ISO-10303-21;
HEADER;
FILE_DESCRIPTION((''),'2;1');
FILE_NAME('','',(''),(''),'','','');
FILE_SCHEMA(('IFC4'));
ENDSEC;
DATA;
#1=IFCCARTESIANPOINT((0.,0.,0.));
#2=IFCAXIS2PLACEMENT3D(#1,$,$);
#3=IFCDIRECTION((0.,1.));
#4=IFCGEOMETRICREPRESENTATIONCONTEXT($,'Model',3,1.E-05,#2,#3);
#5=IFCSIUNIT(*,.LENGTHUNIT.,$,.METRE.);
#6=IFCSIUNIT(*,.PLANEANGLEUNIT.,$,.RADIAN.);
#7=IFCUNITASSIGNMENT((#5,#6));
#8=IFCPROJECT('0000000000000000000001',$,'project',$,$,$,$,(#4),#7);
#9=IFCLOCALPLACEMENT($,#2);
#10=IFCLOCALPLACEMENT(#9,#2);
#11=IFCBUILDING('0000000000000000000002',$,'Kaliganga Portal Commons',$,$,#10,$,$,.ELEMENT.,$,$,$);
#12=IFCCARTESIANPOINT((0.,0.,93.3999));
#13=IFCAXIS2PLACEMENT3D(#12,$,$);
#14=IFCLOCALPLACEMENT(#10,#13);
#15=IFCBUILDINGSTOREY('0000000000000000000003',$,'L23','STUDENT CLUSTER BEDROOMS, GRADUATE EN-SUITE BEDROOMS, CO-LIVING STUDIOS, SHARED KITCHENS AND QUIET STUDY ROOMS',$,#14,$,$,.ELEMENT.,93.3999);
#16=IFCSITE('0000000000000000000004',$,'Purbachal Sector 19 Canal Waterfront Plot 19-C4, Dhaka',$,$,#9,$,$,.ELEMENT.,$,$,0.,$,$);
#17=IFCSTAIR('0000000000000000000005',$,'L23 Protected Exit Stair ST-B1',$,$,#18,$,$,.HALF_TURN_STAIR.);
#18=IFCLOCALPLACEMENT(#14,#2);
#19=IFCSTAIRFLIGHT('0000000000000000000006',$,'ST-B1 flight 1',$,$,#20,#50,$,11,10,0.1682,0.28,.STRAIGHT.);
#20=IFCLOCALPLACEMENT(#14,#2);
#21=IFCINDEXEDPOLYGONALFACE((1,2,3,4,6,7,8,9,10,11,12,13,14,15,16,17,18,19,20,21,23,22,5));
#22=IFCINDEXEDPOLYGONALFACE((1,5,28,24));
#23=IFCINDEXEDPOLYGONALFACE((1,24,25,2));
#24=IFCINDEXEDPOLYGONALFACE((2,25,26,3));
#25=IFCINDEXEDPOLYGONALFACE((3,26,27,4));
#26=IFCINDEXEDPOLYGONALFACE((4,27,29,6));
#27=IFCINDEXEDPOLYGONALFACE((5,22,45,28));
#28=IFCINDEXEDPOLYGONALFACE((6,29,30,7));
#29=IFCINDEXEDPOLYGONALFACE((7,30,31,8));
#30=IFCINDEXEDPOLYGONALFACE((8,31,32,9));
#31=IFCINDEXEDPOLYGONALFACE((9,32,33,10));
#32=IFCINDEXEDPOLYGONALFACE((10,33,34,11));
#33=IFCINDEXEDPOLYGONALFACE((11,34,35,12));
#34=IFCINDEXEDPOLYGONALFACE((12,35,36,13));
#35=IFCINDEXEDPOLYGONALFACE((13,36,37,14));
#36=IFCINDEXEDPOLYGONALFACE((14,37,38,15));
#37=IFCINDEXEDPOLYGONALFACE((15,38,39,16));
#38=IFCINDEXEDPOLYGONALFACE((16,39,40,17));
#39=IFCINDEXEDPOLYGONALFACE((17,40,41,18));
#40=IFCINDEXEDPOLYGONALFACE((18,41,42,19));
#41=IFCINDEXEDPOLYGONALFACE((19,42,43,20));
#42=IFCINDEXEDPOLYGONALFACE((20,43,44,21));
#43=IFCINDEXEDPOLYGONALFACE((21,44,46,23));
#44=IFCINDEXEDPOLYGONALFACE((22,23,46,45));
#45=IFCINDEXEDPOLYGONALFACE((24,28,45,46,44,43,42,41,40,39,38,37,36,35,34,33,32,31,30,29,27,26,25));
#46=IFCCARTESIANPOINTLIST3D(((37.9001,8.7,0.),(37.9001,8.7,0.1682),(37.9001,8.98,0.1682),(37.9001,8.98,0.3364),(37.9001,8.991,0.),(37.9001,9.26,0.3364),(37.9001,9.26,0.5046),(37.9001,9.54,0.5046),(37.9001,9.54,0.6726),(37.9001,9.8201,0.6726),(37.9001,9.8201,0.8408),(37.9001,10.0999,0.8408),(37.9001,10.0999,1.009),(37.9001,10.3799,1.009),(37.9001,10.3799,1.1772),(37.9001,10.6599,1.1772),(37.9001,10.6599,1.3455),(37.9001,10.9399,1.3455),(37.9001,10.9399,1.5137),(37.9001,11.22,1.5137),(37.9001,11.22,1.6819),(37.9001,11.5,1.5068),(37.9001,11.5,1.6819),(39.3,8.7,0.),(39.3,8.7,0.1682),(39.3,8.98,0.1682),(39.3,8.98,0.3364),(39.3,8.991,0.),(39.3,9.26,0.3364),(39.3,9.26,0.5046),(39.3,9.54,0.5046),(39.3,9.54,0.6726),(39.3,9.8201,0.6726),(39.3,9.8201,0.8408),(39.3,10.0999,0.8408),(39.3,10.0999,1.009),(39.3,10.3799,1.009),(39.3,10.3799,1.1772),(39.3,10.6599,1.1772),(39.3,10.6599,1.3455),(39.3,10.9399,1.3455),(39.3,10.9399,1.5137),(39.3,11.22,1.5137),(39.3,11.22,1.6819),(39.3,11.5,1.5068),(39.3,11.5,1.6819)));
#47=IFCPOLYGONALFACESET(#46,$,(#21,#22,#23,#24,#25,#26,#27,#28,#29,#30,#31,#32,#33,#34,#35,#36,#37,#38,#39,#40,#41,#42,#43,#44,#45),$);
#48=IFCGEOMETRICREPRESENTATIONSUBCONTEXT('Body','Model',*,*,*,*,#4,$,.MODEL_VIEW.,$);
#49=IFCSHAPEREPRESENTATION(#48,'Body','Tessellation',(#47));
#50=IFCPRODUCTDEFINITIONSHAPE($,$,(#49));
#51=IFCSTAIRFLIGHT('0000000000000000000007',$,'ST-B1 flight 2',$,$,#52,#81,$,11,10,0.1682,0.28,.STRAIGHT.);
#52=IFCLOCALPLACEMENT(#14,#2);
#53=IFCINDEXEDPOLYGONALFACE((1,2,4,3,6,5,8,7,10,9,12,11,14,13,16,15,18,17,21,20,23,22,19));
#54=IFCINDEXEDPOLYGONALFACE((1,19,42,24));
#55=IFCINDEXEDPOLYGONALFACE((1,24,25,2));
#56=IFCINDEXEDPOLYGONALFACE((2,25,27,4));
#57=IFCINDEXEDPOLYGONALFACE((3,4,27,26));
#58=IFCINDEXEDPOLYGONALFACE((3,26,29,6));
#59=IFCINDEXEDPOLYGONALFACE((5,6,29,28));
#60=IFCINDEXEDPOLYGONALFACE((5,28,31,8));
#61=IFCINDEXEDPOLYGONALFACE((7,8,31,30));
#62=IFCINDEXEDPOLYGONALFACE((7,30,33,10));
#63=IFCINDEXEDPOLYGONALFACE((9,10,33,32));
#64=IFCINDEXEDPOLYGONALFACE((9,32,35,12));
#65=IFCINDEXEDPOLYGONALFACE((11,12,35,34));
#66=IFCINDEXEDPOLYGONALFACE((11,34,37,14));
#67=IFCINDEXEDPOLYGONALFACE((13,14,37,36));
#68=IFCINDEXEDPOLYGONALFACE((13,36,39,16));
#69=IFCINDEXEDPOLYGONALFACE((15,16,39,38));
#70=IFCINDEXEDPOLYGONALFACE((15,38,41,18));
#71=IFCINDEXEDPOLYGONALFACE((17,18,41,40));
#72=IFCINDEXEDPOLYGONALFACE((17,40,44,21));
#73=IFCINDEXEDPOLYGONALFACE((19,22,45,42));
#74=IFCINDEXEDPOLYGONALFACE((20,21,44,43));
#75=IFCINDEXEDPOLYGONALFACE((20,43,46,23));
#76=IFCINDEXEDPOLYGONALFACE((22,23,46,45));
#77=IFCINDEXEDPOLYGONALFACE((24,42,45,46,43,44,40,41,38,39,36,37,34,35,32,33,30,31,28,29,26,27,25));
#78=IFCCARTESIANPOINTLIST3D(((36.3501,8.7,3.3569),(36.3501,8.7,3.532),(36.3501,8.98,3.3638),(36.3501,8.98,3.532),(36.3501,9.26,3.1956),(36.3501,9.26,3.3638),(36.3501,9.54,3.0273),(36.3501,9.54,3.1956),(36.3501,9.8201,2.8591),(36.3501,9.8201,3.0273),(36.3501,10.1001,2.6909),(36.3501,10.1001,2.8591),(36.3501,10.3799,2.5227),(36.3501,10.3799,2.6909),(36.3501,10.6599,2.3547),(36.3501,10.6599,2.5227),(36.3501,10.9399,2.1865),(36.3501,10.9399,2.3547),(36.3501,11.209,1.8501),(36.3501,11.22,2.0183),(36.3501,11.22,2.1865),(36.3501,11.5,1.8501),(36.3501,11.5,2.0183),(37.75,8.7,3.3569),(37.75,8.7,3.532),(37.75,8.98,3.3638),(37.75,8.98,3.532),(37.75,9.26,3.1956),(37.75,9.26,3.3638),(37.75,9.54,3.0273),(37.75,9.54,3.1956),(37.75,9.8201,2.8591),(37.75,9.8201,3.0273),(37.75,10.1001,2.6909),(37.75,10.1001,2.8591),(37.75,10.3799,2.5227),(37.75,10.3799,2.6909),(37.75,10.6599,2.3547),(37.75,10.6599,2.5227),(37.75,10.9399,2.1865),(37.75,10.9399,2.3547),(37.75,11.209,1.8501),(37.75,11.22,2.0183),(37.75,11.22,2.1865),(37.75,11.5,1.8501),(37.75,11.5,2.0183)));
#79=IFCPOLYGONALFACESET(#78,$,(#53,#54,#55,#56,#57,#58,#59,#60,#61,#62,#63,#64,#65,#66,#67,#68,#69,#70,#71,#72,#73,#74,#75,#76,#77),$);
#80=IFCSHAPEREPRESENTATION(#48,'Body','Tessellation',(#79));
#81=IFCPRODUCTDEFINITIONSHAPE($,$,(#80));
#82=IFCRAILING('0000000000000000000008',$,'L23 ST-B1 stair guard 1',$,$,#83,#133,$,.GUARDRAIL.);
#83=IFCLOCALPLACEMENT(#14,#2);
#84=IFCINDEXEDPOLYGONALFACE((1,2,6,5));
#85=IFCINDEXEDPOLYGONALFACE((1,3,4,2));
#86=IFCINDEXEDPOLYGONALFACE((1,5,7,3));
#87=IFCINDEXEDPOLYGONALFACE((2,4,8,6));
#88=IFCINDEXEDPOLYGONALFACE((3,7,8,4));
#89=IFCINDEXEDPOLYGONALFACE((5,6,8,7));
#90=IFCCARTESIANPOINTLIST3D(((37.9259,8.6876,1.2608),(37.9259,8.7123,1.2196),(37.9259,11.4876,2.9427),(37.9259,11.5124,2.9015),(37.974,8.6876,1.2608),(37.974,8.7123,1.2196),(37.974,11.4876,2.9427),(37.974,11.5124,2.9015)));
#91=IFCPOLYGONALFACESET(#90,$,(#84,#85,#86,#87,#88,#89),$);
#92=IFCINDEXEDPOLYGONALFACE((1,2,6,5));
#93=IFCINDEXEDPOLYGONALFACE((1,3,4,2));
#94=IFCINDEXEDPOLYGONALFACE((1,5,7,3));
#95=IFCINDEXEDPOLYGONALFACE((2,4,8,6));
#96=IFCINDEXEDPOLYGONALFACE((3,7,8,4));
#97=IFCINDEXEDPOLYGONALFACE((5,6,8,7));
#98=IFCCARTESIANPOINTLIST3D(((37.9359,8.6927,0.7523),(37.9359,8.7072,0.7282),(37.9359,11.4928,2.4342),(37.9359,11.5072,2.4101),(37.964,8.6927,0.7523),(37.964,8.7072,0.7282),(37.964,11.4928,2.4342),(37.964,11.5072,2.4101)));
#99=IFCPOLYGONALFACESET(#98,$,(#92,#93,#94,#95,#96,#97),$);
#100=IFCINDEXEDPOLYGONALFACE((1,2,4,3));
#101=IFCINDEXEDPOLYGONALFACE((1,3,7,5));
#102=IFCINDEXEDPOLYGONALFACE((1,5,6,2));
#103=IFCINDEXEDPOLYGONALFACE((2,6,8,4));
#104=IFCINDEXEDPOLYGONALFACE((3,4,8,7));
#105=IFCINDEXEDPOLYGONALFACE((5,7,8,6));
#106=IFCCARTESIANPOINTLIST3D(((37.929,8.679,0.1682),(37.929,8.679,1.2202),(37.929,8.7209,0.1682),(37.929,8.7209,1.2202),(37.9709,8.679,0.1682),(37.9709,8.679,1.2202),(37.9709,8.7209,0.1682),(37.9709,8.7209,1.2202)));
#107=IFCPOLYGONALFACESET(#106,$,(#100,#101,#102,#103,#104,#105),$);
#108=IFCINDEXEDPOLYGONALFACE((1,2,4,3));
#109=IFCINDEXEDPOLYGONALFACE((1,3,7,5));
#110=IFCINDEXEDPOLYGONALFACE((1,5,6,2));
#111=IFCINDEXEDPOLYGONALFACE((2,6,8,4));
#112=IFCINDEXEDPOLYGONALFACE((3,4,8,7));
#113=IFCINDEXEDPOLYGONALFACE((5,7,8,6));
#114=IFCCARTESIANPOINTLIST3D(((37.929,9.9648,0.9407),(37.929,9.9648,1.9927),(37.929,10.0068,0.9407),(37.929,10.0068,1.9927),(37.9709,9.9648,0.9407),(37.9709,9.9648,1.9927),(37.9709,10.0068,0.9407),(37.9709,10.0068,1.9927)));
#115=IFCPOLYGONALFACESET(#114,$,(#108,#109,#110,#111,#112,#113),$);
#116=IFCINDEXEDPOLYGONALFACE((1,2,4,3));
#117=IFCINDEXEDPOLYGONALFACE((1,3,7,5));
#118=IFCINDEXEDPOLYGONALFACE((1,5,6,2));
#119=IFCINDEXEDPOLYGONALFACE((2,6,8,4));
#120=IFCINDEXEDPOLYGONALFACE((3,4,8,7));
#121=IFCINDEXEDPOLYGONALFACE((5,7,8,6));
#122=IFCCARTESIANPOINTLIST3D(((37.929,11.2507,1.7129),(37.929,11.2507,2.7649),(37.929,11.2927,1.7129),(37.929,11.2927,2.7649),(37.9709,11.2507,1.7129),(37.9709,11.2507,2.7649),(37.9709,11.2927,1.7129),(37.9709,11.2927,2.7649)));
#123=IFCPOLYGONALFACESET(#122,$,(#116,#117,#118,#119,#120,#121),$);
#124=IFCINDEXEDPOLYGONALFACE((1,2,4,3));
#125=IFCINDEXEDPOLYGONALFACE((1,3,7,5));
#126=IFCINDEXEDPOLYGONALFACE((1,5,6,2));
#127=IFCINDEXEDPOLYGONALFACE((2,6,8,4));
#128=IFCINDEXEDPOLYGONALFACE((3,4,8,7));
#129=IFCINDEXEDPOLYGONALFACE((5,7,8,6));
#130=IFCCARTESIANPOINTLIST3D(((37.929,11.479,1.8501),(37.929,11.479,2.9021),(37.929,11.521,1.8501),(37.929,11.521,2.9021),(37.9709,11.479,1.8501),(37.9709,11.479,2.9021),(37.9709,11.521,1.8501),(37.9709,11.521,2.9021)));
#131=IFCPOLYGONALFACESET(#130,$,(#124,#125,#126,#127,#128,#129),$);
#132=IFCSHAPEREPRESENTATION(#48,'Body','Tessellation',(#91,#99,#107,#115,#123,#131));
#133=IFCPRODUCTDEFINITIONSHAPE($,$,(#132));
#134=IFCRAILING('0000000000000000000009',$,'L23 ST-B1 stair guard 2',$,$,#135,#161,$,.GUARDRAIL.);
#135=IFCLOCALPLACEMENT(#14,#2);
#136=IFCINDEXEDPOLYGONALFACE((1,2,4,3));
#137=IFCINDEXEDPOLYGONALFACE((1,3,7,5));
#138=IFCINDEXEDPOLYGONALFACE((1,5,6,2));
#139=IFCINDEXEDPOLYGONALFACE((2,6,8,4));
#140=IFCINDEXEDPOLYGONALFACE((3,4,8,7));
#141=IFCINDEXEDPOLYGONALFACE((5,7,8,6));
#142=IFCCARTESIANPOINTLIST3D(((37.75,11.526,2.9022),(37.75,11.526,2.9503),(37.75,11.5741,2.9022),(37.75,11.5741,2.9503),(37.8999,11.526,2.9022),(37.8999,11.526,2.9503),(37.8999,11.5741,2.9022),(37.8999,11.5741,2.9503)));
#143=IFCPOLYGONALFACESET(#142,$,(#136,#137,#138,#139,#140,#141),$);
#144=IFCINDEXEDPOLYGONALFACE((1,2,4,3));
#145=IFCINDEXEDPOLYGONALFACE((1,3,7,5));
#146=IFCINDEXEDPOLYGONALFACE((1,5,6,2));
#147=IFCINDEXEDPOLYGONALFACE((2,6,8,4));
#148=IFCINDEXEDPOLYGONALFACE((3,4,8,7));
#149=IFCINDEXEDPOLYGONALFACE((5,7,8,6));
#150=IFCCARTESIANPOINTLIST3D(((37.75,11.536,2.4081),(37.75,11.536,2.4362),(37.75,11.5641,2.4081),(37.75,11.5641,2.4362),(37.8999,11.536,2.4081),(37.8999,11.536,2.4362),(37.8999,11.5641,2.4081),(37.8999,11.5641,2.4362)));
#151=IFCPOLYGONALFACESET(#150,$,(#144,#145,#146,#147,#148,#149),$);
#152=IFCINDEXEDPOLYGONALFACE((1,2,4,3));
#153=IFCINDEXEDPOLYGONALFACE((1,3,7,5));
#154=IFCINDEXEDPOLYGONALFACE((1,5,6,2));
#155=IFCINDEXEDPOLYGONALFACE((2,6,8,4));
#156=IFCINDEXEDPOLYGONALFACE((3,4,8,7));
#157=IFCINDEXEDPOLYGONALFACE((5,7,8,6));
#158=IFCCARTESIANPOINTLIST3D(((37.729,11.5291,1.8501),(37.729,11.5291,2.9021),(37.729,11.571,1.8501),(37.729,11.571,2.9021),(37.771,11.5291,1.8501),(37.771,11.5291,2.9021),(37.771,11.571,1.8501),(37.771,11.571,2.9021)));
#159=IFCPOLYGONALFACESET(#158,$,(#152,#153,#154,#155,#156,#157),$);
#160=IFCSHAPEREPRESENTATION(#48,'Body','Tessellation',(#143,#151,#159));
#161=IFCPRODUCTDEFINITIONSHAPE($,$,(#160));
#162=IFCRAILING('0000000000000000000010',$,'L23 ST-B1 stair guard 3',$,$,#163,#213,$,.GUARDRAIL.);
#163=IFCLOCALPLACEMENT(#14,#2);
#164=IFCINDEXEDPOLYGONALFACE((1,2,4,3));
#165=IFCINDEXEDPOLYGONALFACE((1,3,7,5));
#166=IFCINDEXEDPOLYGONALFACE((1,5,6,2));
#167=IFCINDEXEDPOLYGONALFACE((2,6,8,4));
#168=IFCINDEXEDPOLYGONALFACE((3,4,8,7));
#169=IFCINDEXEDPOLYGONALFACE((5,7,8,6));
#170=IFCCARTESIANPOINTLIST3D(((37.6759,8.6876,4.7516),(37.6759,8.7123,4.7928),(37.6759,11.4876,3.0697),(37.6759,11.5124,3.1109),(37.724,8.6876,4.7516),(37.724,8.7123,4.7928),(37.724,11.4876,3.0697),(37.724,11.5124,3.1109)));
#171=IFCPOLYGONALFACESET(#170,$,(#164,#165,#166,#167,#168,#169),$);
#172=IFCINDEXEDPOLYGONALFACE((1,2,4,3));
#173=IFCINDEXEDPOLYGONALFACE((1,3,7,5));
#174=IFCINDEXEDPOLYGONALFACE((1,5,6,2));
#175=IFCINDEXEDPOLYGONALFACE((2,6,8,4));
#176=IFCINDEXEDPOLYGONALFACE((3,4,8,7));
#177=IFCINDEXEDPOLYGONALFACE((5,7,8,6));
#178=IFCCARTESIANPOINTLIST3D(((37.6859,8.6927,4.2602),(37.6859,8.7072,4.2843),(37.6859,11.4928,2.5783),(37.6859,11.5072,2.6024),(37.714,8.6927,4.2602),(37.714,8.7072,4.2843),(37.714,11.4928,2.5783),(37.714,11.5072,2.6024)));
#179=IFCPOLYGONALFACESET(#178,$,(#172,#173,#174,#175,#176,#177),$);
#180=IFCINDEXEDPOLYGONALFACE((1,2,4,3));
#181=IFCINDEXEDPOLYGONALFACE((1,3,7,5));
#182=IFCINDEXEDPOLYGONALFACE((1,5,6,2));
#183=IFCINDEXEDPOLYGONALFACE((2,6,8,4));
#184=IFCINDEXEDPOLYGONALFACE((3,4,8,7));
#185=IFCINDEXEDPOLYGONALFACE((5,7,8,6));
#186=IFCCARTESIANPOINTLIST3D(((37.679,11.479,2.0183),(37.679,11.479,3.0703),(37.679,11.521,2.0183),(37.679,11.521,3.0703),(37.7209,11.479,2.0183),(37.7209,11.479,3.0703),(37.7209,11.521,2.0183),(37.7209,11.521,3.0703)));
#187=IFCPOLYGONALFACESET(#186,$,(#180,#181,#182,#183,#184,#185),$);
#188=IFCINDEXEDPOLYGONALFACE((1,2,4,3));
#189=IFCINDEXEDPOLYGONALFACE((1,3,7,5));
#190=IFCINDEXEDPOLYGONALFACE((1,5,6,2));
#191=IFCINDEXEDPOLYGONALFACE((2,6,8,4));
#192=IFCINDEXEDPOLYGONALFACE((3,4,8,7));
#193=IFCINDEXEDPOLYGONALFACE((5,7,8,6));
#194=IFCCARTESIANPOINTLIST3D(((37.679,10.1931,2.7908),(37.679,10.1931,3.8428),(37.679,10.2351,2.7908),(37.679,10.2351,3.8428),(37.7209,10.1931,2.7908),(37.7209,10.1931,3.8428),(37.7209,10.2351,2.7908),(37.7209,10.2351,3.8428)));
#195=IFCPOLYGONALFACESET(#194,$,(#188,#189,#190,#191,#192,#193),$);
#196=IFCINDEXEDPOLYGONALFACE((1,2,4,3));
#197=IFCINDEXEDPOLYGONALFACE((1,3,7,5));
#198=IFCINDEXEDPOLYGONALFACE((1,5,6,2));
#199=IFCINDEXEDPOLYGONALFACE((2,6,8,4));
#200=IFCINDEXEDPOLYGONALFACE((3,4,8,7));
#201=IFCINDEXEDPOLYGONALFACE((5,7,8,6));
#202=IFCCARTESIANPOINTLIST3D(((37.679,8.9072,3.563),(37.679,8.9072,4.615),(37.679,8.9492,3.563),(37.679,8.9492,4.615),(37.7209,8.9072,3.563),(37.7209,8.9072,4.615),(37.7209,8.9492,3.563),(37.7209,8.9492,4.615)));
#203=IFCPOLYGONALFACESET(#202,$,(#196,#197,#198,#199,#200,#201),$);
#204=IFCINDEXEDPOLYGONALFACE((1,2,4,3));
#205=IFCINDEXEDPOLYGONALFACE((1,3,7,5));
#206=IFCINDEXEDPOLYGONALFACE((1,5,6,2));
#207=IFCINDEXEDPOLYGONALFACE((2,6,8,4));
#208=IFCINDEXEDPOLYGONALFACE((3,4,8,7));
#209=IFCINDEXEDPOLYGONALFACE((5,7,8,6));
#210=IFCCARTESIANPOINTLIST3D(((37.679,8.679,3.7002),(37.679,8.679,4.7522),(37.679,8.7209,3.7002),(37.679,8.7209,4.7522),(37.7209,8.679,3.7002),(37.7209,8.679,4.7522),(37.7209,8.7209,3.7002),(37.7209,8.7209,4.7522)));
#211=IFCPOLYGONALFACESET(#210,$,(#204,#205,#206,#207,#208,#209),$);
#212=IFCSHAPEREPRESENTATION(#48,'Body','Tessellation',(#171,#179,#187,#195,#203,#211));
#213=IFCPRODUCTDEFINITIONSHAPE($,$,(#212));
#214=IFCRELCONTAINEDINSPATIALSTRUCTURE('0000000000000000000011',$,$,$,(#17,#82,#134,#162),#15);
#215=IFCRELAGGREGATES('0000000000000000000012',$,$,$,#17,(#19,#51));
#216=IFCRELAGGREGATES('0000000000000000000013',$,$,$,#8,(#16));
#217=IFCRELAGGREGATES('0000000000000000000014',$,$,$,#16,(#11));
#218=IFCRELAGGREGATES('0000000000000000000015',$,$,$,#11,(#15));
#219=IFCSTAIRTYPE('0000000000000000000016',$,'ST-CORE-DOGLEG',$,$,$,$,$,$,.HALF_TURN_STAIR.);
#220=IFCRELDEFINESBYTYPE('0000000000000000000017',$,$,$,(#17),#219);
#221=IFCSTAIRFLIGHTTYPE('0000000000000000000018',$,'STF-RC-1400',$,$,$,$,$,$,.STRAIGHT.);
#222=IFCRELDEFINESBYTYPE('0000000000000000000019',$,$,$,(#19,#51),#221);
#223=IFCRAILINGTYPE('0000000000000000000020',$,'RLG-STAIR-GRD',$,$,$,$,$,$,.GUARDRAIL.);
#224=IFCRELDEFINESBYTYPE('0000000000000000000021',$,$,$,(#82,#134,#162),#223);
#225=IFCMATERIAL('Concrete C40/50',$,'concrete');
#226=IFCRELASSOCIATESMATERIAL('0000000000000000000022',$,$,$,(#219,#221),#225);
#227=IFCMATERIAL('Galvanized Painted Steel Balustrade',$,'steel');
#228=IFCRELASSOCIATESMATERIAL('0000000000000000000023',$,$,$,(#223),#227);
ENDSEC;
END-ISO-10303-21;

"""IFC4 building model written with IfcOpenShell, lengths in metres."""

from ifc_helpers import new_model, si_unit, direction, frame, origin, origin_2d, place, context, subcontext, project, spatial, polyline, rectangle, outline, extrude, material, type_object, element, aggregate, save


model = new_model("IFC4")

# Units and contexts
model_context = context("Model", 3, precision=1e-05, world=origin(), true_north=direction((0.0, 1.0)))
body_context = subcontext(model_context, "Body", "Model", "MODEL_VIEW")
ifc_project = project(units=[si_unit("LENGTHUNIT", "METRE"), si_unit("PLANEANGLEUNIT", "RADIAN")], contexts=[model_context])

# Site, building, storey
site_placement = place(None, origin())
site = spatial("IfcSite", under=ifc_project, at=site_placement, Name="Purbachal Sector 19 Canal Waterfront Plot 19-C4, Dhaka", CompositionType="ELEMENT", RefElevation=0.0)
building_placement = place(site_placement, origin())
building = spatial("IfcBuilding", under=site, at=building_placement, Name="Kaliganga Portal Commons", CompositionType="ELEMENT")
storey_placement = place(building_placement, frame((0.0, 0.0, 93.3999)))
storey = spatial("IfcBuildingStorey", under=building, at=storey_placement, Name="L23", Description="STUDENT CLUSTER BEDROOMS, GRADUATE EN-SUITE BEDROOMS, CO-LIVING STUDIOS, SHARED KITCHENS AND QUIET STUDY ROOMS", CompositionType="ELEMENT", Elevation=93.3999)

# Stair, stair flights
ifc_material_1 = material(Name="Concrete C40/50", Category="concrete")
stair_type = type_object("IfcStairType", Name="ST-CORE-DOGLEG", PredefinedType="HALF_TURN_STAIR", material=ifc_material_1)
stair_placement = place(storey_placement, origin())
stair = element("IfcStair", 1, at=stair_placement, inside=storey, type_object=stair_type, Name="L23 Protected Exit Stair ST-B1", PredefinedType="HALF_TURN_STAIR")
stair_flight_type = type_object("IfcStairFlightType", Name="STF-RC-1400", PredefinedType="STRAIGHT", material=ifc_material_1)
stair_flight_1_placement = place(storey_placement, frame((38.6001, 8.7, 0.0), z_axis=(0.0, 0.0, 1.0), x_axis=(0.0, 1.0, 0.0)))
stair_flight_1 = element("IfcStairFlight", 2, at=stair_flight_1_placement, type_object=stair_flight_type, Name="ST-B1 flight 1", NumberOfRisers=11, NumberOfTreads=10, PredefinedType="STRAIGHT", RiserHeight=0.1682, TreadLength=0.28, context=body_context, shape_type="SweptSolid", body=[
    extrude(outline(polyline([(0.0, 0.0), (0.0, 0.1682), (0.28, 0.1682), (0.28, 0.3364), (0.5601, 0.3364), (0.5601, 0.5046), (0.8401, 0.5046), (0.8401, 0.6726), (1.1201, 0.6726), (1.1201, 0.8408), (1.3999, 0.8408), (1.3999, 1.009), (1.6799, 1.009), (1.6799, 1.1772), (1.96, 1.1772), (1.96, 1.3455), (2.24, 1.3455), (2.24, 1.5137), (2.52, 1.5137), (2.52, 1.6819), (2.8, 1.6819), (2.8, 1.8501), (2.8, 1.5068), (0.291, 0.0), (0.0, 0.0)])), frame((0.0, 0.7, 0.0), z_axis=(0.0, -1.0, 0.0), x_axis=(1.0, 0.0, 0.0)), (0.0, 0.0, 1.0), 1.3999),
])
stair_flight_2_placement = place(storey_placement, frame((37.05, 11.5, 1.8501), z_axis=(0.0, 0.0, 1.0), x_axis=(0.0, -1.0, 0.0)))
stair_flight_2 = element("IfcStairFlight", 3, at=stair_flight_2_placement, type_object=stair_flight_type, Name="ST-B1 flight 2", NumberOfRisers=11, NumberOfTreads=10, PredefinedType="STRAIGHT", RiserHeight=0.1682, TreadLength=0.28, context=body_context, shape_type="SweptSolid", body=[
    extrude(outline(polyline([(0.0, 0.0), (0.0, 0.1682), (0.28, 0.1682), (0.28, 0.3364), (0.5601, 0.3364), (0.5601, 0.5046), (0.8401, 0.5046), (0.8401, 0.6726), (1.1201, 0.6726), (1.1201, 0.8408), (1.3999, 0.8408), (1.3999, 1.009), (1.6799, 1.009), (1.6799, 1.1772), (1.96, 1.1772), (1.96, 1.3455), (2.24, 1.3455), (2.24, 1.5137), (2.52, 1.5137), (2.52, 1.6819), (2.8, 1.6819), (2.8, 1.8501), (2.8, 1.5068), (0.291, 0.0), (0.0, 0.0)])), frame((0.0, 0.7, 0.0), z_axis=(0.0, -1.0, 0.0), x_axis=(1.0, 0.0, 0.0)), (0.0, 0.0, 1.0), 1.3999),
])
aggregate(stair, [stair_flight_1, stair_flight_2])

# Railings
ifc_material_2 = material(Name="Galvanized Painted Steel Balustrade", Category="steel")
railing_type_1 = type_object("IfcRailingType", Name="RLG-STAIR-GRD", PredefinedType="GUARDRAIL", material=ifc_material_2)
railing_1_placement = place(storey_placement, frame((37.95, 8.7, 0.1682)))
element("IfcRailing", 4, at=railing_1_placement, inside=storey, type_object=railing_type_1, Name="L23 ST-B1 stair guard 1", PredefinedType="GUARDRAIL", context=body_context, shape_type="SweptSolid", body=[
    extrude(rectangle(XDim=0.0481, YDim=0.0481, at=origin_2d()), frame((0.0, 0.0, 1.072), z_axis=(0.0, 0.857242, 0.514913), x_axis=(-1.0, 0.0, 0.0)), (0.0, 0.0, 1.0), 3.2664),
    extrude(rectangle(XDim=0.0281, YDim=0.0281, at=origin_2d()), frame((0.0, 0.0, 0.572), z_axis=(0.0, 0.857242, 0.514913), x_axis=(-1.0, 0.0, 0.0)), (0.0, 0.0, 1.0), 3.2664),
    extrude(rectangle(XDim=0.042, YDim=0.042, at=origin_2d()), origin(), (0.0, 0.0, 1.0), 1.052),
    extrude(rectangle(XDim=0.042, YDim=0.042, at=origin_2d()), frame((0.0, 1.2859, 0.7725)), (0.0, 0.0, 1.0), 1.052),
    extrude(rectangle(XDim=0.042, YDim=0.042, at=origin_2d()), frame((0.0, 2.5718, 1.5447)), (0.0, 0.0, 1.0), 1.052),
    extrude(rectangle(XDim=0.042, YDim=0.042, at=origin_2d()), frame((0.0, 2.8, 1.6819)), (0.0, 0.0, 1.0), 1.052),
])
railing_2_placement = place(storey_placement, frame((37.8999, 11.55, 1.8501)))
element("IfcRailing", 5, at=railing_2_placement, inside=storey, type_object=railing_type_1, Name="L23 ST-B1 stair guard 2", PredefinedType="GUARDRAIL", context=body_context, shape_type="SweptSolid", body=[
    extrude(rectangle(XDim=0.0481, YDim=0.0481, at=origin_2d()), frame((0.0, 0.0, 1.0762), z_axis=(-1.0, 0.0, 0.0), x_axis=(0.0, -1.0, 0.0)), (0.0, 0.0, 1.0), 0.1499),
    extrude(rectangle(XDim=0.0281, YDim=0.0281, at=origin_2d()), frame((0.0, 0.0, 0.572), z_axis=(-1.0, 0.0, 0.0), x_axis=(0.0, -1.0, 0.0)), (0.0, 0.0, 1.0), 0.1499),
    extrude(rectangle(XDim=0.042, YDim=0.042, at=origin_2d()), frame((-0.1499, 0.0, 0.0)), (0.0, 0.0, 1.0), 1.052),
])
railing_3_placement = place(storey_placement, frame((37.7, 11.5, 2.0183)))
element("IfcRailing", 6, at=railing_3_placement, inside=storey, type_object=railing_type_1, Name="L23 ST-B1 stair guard 3", PredefinedType="GUARDRAIL", context=body_context, shape_type="SweptSolid", body=[
    extrude(rectangle(XDim=0.0481, YDim=0.0481, at=origin_2d()), frame((0.0, 0.0, 1.072), z_axis=(0.0, -0.857242, 0.514913), x_axis=(1.0, 0.0, 0.0)), (0.0, 0.0, 1.0), 3.2664),
    extrude(rectangle(XDim=0.0281, YDim=0.0281, at=origin_2d()), frame((0.0, 0.0, 0.572), z_axis=(0.0, -0.857242, 0.514913), x_axis=(1.0, 0.0, 0.0)), (0.0, 0.0, 1.0), 3.2664),
    extrude(rectangle(XDim=0.042, YDim=0.042, at=origin_2d()), origin(), (0.0, 0.0, 1.0), 1.052),
    extrude(rectangle(XDim=0.042, YDim=0.042, at=origin_2d()), frame((0.0, -1.2859, 0.7725)), (0.0, 0.0, 1.0), 1.052),
    extrude(rectangle(XDim=0.042, YDim=0.042, at=origin_2d()), frame((0.0, -2.5718, 1.5447)), (0.0, 0.0, 1.0), 1.052),
    extrude(rectangle(XDim=0.042, YDim=0.042, at=origin_2d()), frame((0.0, -2.8, 1.6819)), (0.0, 0.0, 1.0), 1.052),
])

save(model, "model.ifc")
